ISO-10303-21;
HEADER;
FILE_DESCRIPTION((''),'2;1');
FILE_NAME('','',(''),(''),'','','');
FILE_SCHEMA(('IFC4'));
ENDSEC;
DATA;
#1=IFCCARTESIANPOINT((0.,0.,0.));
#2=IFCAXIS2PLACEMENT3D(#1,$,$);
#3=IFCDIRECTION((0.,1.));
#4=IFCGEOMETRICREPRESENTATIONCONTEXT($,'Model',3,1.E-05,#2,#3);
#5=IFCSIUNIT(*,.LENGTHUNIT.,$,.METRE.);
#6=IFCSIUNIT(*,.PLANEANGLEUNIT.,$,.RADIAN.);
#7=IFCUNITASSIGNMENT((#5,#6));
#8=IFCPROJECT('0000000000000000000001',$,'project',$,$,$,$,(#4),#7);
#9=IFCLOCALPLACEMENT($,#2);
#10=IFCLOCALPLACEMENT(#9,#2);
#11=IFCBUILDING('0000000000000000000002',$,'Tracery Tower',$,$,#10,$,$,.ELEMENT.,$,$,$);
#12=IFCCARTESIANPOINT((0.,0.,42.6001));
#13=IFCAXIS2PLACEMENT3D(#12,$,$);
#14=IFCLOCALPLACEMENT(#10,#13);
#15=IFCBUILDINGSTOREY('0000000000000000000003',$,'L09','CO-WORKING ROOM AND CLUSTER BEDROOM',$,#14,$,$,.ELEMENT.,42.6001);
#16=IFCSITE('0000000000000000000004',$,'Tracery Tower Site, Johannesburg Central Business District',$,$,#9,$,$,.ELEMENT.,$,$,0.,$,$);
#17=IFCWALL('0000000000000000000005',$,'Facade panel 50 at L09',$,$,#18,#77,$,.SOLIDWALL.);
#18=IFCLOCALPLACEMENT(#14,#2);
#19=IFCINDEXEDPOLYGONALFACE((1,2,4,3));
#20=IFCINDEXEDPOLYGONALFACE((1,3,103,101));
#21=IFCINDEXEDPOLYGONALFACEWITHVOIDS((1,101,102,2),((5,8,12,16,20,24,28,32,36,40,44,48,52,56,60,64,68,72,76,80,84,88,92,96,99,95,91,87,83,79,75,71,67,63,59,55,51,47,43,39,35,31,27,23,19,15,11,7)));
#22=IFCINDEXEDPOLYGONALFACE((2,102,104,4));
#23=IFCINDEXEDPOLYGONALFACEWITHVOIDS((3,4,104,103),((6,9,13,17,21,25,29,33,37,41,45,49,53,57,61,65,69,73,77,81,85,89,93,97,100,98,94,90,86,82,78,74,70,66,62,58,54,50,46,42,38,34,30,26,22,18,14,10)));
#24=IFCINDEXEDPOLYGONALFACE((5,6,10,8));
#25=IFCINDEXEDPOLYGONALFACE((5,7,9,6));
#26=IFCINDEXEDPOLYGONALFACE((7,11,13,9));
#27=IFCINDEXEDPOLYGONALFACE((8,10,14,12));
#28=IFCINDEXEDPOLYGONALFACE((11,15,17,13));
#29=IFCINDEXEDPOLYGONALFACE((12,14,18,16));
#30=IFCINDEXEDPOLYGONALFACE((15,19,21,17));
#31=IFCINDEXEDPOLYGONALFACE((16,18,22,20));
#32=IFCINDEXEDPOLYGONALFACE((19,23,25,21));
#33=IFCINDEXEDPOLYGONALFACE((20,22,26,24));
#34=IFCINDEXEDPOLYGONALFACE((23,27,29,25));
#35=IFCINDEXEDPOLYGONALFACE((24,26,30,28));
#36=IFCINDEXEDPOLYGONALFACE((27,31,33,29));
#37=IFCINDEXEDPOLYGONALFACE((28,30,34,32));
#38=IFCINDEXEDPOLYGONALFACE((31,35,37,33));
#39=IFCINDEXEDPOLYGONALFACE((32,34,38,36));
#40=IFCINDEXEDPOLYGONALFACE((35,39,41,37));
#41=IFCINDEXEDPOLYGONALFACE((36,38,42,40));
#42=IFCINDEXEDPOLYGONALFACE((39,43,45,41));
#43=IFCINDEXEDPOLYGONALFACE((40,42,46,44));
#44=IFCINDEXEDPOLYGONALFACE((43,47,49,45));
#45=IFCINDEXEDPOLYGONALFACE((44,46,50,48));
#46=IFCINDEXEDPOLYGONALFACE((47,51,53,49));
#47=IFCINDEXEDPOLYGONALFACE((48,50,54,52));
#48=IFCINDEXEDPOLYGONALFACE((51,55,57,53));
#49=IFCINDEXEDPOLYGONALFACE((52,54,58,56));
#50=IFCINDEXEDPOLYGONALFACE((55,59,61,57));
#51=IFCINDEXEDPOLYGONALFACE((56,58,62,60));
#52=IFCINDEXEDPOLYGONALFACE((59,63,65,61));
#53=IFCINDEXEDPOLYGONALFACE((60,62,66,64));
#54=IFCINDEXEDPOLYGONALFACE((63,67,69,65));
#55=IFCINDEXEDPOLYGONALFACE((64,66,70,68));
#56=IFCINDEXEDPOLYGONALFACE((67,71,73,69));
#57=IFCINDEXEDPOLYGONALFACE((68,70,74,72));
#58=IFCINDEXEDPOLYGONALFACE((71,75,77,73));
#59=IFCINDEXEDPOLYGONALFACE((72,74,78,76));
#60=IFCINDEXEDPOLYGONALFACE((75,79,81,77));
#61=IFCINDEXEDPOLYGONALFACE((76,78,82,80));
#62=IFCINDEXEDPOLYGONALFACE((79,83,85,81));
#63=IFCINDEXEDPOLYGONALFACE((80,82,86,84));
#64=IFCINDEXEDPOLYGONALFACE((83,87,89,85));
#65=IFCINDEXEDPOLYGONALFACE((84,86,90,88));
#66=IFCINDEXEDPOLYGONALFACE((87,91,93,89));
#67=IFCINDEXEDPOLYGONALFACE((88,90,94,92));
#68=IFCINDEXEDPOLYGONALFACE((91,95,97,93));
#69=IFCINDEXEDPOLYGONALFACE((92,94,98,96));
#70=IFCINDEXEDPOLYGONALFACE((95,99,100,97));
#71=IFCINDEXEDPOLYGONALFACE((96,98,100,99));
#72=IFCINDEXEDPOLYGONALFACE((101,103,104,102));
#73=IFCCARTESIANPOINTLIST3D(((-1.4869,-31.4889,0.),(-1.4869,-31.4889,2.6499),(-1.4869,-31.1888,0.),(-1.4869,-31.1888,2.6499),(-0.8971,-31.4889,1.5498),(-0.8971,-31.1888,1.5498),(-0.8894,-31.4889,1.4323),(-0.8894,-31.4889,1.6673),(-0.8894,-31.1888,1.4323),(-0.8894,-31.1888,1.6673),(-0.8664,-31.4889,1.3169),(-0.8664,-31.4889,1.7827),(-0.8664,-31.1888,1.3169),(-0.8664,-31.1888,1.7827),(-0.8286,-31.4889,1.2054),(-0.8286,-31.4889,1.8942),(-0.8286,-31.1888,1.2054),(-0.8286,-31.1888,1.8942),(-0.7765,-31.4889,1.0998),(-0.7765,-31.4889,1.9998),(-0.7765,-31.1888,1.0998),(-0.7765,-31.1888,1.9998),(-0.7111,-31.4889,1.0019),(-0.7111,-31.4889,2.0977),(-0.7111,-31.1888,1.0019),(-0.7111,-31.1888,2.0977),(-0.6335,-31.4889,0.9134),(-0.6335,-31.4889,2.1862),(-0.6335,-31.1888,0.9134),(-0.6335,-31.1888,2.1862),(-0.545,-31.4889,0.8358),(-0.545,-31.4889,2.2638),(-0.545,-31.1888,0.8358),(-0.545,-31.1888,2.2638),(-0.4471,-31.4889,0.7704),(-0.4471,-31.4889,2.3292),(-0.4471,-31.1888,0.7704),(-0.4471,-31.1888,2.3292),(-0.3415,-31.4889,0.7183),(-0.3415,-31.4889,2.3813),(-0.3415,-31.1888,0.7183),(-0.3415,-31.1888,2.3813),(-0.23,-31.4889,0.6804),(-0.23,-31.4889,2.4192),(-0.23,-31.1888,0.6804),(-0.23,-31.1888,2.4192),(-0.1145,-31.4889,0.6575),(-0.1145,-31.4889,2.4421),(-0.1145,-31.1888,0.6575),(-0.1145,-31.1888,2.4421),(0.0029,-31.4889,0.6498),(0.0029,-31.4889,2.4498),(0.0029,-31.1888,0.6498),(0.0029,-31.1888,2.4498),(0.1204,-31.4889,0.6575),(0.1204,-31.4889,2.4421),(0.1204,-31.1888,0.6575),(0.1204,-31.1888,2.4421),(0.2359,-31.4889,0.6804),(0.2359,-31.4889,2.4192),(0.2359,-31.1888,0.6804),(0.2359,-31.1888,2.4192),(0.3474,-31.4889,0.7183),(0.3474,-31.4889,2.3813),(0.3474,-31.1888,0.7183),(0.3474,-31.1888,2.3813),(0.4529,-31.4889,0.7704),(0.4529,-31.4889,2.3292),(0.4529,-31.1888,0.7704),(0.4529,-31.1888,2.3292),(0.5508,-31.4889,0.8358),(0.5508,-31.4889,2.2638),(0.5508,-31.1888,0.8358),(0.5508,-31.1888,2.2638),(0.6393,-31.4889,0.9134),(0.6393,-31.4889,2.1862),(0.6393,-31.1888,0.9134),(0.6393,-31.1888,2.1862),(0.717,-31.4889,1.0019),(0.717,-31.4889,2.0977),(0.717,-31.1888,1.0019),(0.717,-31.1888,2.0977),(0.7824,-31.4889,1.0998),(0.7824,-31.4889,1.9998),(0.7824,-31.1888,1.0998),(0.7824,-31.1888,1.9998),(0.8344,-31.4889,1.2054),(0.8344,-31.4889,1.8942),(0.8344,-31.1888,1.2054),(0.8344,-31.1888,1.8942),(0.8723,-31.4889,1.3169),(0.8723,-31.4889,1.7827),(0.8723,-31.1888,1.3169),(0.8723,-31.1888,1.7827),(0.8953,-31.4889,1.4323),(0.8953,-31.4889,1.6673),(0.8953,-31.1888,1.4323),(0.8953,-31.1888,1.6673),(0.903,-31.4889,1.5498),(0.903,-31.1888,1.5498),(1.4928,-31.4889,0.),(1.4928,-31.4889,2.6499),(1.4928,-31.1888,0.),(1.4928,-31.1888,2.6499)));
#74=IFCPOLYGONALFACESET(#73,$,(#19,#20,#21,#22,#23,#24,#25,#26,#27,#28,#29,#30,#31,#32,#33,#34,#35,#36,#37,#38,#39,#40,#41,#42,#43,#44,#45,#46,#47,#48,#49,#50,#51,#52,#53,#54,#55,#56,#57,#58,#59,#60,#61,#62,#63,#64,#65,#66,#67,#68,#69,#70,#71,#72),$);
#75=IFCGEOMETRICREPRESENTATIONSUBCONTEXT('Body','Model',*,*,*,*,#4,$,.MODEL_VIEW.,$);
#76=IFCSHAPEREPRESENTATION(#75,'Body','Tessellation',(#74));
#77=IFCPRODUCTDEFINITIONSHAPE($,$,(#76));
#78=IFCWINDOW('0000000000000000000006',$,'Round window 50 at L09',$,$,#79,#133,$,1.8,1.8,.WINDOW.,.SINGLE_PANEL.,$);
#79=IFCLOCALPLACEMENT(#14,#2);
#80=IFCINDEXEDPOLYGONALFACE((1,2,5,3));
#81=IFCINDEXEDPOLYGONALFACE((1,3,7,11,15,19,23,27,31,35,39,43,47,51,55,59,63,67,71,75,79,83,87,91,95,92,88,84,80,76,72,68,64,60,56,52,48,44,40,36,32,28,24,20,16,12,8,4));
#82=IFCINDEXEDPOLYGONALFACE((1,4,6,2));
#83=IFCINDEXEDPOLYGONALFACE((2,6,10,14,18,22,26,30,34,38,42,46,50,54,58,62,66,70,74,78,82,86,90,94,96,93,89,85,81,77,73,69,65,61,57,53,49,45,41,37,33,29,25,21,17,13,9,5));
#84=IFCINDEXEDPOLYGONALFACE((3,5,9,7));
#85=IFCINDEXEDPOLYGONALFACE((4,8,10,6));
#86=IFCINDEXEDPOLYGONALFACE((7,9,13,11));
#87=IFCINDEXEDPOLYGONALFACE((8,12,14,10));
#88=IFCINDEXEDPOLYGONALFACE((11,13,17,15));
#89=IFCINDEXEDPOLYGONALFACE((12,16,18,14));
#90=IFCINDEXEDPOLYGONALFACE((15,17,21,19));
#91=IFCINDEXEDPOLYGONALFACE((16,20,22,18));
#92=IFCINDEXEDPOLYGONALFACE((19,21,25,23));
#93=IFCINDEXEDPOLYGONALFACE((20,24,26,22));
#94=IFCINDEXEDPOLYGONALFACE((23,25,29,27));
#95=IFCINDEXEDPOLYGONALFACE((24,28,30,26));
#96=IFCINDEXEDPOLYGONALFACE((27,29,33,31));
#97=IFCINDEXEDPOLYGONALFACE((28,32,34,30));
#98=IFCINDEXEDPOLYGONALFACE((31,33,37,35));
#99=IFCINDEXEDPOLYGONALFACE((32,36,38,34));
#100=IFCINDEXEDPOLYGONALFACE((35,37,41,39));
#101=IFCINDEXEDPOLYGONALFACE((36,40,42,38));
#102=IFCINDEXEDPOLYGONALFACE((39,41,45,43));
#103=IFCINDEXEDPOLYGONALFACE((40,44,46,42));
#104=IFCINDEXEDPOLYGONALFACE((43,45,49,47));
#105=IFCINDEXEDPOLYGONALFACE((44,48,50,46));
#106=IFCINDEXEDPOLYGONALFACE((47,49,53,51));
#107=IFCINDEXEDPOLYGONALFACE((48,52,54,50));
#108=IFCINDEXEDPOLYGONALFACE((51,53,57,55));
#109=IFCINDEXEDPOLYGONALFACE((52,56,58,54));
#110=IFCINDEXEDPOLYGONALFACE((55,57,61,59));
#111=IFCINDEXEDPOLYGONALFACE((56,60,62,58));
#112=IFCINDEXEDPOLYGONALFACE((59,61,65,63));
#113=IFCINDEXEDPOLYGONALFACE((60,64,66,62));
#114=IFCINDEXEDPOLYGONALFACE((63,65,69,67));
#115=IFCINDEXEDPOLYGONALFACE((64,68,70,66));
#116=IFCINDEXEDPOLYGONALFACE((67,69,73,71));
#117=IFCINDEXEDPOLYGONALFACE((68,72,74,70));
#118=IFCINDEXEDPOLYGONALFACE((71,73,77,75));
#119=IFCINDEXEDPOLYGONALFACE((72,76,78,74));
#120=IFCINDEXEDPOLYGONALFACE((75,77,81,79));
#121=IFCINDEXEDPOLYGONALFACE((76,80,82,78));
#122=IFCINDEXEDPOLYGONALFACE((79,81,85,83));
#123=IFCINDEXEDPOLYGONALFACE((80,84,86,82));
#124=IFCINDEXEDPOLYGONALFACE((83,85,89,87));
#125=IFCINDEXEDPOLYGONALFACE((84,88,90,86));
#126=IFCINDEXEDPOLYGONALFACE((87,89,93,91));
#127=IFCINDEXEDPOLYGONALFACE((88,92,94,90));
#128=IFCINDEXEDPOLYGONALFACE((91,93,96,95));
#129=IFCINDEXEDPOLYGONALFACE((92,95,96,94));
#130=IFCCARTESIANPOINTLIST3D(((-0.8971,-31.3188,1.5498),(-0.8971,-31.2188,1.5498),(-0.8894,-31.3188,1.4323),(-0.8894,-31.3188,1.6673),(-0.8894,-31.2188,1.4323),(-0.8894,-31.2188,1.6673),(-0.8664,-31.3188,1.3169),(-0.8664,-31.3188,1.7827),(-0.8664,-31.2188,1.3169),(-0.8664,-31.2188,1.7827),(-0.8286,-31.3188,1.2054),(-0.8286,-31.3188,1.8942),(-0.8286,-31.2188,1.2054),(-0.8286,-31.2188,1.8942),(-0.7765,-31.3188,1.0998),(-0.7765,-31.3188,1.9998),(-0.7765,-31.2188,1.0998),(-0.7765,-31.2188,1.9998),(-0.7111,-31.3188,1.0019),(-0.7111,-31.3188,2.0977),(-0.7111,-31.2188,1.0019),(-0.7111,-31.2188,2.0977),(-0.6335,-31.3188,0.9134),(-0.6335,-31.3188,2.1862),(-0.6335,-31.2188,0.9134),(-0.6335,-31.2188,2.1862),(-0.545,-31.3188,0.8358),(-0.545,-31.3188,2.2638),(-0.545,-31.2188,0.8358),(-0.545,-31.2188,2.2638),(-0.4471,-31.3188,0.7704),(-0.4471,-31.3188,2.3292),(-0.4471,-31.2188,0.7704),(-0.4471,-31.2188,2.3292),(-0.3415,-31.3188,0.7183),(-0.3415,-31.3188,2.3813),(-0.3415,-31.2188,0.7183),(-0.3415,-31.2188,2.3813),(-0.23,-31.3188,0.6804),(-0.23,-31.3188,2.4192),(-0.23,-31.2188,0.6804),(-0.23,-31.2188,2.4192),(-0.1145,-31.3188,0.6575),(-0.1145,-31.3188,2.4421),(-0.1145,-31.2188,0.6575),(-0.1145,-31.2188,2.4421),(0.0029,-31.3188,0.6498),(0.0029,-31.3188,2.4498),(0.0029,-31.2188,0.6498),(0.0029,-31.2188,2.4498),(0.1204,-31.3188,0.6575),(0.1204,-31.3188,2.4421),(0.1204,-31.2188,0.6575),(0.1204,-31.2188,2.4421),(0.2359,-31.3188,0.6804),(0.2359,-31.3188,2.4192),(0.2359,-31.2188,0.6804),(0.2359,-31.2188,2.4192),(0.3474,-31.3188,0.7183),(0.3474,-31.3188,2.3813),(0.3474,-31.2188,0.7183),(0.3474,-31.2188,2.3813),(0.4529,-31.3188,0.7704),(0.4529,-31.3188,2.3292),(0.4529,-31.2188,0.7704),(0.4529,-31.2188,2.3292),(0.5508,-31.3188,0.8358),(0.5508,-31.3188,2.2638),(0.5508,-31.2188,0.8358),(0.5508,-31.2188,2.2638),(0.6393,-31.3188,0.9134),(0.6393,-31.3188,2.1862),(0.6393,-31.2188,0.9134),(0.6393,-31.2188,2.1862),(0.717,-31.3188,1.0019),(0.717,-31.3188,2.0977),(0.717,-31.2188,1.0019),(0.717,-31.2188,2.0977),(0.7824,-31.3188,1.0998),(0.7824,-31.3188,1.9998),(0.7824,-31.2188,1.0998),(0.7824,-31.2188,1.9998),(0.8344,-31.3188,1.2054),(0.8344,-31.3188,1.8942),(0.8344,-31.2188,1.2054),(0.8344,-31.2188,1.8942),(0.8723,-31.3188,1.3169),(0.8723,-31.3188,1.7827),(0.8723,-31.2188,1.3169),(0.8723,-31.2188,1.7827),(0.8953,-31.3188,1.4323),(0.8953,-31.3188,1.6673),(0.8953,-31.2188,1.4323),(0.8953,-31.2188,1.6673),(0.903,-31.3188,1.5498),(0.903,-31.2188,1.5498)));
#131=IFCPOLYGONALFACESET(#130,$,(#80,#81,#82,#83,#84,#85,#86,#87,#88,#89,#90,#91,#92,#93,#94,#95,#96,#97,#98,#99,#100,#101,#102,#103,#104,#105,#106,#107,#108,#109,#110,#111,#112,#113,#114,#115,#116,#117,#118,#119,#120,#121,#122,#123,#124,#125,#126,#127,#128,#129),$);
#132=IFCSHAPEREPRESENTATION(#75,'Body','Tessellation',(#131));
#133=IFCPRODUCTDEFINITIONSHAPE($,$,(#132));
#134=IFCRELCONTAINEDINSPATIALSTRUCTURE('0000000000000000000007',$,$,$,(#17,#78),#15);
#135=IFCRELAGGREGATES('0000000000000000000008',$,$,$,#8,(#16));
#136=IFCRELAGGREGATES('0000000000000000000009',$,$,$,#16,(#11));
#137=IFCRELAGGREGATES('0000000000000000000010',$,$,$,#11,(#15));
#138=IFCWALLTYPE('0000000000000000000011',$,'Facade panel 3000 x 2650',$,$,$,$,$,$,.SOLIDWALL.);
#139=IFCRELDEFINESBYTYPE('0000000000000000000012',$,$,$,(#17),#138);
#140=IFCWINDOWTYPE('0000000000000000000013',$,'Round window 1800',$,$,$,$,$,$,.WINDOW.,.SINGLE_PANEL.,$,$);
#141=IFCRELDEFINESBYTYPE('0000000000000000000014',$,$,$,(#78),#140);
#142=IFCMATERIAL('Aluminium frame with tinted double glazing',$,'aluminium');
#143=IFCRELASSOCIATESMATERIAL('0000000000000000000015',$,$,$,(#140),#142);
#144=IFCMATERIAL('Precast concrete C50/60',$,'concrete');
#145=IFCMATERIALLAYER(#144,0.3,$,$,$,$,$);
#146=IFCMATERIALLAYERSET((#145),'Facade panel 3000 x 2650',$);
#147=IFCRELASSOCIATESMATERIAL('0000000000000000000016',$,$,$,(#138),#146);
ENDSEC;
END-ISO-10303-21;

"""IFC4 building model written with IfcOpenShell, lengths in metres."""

from ifc_helpers import new_model, si_unit, direction, frame, frame_2d, origin, origin_2d, place, context, subcontext, project, spatial, rectangle, circle, extrude, material, layer, layer_set, type_object, element, fill, save


model = new_model("IFC4")

# Units and contexts
model_context = context("Model", 3, precision=1e-05, world=origin(), true_north=direction((0.0, 1.0)))
body_context = subcontext(model_context, "Body", "Model", "MODEL_VIEW")
ifc_project = project(units=[si_unit("LENGTHUNIT", "METRE"), si_unit("PLANEANGLEUNIT", "RADIAN")], contexts=[model_context])

# Site, building, storey
site_placement = place(None, origin())
site = spatial("IfcSite", under=ifc_project, at=site_placement, Name="Tracery Tower Site, Johannesburg Central Business District", CompositionType="ELEMENT", RefElevation=0.0)
building_placement = place(site_placement, origin())
building = spatial("IfcBuilding", under=site, at=building_placement, Name="Tracery Tower", CompositionType="ELEMENT")
storey_placement = place(building_placement, frame((0.0, 0.0, 42.6001)))
storey = spatial("IfcBuildingStorey", under=building, at=storey_placement, Name="L09", Description="CO-WORKING ROOM AND CLUSTER BEDROOM", CompositionType="ELEMENT", Elevation=42.6001)

# Wall, opening, window
ifc_material_1 = material(Name="Aluminium frame with tinted double glazing", Category="aluminium")
window_type = type_object("IfcWindowType", Name="Round window 1800", PartitioningType="SINGLE_PANEL", PredefinedType="WINDOW", material=ifc_material_1)
ifc_material_2 = material(Name="Precast concrete C50/60", Category="concrete")
ifc_layer_1 = layer(ifc_material_2, 0.3)
ifc_layer_set_1 = layer_set([ifc_layer_1], Name="Facade panel 3000 x 2650")
wall_type_1 = type_object("IfcWallType", Name="Facade panel 3000 x 2650", PredefinedType="SOLIDWALL", material=ifc_layer_set_1)
wall_1_placement = place(storey_placement, frame((-1.4868, -31.3389, 0.0), z_axis=(0.0, 0.0, 1.0), x_axis=(1.0, 0.0, 0.0)))
wall_1 = element("IfcWall", 1, at=wall_1_placement, inside=storey, type_object=wall_type_1, Name="Facade panel 50 at L09", PredefinedType="SOLIDWALL", context=body_context, shape_type="SweptSolid", body=[
    extrude(rectangle(XDim=2.9797, YDim=0.3, at=frame_2d((1.4897, 0.0))), origin(), (0.0, 0.0, 1.0), 2.6499),
])
opening_1_placement = place(wall_1_placement, frame((1.4897, 0.0, 1.5498)))
opening_1 = element("IfcOpeningElement", 2, at=opening_1_placement, cuts=wall_1, PredefinedType="OPENING", context=body_context, shape_type="SweptSolid", body=[
    extrude(circle(Radius=0.9, at=origin_2d()), frame((0.0, 0.1599, 0.0), z_axis=(0.0, -1.0, 0.0), x_axis=(1.0, 0.0, 0.0)), (0.0, 0.0, 1.0), 0.3201),
])
window_1_placement = place(opening_1_placement, origin())
window_1 = element("IfcWindow", 3, at=window_1_placement, inside=storey, type_object=window_type, Name="Round window 50 at L09", OverallHeight=1.8, OverallWidth=1.8, PartitioningType="SINGLE_PANEL", PredefinedType="WINDOW", context=body_context, shape_type="SweptSolid", body=[
    extrude(circle(Radius=0.9, at=origin_2d()), frame((0.0, 0.1201, 0.0), z_axis=(0.0, -1.0, 0.0), x_axis=(1.0, 0.0, 0.0)), (0.0, 0.0, 1.0), 0.1001),
])
fill(opening_1, window_1)

save(model, "model.ifc")
